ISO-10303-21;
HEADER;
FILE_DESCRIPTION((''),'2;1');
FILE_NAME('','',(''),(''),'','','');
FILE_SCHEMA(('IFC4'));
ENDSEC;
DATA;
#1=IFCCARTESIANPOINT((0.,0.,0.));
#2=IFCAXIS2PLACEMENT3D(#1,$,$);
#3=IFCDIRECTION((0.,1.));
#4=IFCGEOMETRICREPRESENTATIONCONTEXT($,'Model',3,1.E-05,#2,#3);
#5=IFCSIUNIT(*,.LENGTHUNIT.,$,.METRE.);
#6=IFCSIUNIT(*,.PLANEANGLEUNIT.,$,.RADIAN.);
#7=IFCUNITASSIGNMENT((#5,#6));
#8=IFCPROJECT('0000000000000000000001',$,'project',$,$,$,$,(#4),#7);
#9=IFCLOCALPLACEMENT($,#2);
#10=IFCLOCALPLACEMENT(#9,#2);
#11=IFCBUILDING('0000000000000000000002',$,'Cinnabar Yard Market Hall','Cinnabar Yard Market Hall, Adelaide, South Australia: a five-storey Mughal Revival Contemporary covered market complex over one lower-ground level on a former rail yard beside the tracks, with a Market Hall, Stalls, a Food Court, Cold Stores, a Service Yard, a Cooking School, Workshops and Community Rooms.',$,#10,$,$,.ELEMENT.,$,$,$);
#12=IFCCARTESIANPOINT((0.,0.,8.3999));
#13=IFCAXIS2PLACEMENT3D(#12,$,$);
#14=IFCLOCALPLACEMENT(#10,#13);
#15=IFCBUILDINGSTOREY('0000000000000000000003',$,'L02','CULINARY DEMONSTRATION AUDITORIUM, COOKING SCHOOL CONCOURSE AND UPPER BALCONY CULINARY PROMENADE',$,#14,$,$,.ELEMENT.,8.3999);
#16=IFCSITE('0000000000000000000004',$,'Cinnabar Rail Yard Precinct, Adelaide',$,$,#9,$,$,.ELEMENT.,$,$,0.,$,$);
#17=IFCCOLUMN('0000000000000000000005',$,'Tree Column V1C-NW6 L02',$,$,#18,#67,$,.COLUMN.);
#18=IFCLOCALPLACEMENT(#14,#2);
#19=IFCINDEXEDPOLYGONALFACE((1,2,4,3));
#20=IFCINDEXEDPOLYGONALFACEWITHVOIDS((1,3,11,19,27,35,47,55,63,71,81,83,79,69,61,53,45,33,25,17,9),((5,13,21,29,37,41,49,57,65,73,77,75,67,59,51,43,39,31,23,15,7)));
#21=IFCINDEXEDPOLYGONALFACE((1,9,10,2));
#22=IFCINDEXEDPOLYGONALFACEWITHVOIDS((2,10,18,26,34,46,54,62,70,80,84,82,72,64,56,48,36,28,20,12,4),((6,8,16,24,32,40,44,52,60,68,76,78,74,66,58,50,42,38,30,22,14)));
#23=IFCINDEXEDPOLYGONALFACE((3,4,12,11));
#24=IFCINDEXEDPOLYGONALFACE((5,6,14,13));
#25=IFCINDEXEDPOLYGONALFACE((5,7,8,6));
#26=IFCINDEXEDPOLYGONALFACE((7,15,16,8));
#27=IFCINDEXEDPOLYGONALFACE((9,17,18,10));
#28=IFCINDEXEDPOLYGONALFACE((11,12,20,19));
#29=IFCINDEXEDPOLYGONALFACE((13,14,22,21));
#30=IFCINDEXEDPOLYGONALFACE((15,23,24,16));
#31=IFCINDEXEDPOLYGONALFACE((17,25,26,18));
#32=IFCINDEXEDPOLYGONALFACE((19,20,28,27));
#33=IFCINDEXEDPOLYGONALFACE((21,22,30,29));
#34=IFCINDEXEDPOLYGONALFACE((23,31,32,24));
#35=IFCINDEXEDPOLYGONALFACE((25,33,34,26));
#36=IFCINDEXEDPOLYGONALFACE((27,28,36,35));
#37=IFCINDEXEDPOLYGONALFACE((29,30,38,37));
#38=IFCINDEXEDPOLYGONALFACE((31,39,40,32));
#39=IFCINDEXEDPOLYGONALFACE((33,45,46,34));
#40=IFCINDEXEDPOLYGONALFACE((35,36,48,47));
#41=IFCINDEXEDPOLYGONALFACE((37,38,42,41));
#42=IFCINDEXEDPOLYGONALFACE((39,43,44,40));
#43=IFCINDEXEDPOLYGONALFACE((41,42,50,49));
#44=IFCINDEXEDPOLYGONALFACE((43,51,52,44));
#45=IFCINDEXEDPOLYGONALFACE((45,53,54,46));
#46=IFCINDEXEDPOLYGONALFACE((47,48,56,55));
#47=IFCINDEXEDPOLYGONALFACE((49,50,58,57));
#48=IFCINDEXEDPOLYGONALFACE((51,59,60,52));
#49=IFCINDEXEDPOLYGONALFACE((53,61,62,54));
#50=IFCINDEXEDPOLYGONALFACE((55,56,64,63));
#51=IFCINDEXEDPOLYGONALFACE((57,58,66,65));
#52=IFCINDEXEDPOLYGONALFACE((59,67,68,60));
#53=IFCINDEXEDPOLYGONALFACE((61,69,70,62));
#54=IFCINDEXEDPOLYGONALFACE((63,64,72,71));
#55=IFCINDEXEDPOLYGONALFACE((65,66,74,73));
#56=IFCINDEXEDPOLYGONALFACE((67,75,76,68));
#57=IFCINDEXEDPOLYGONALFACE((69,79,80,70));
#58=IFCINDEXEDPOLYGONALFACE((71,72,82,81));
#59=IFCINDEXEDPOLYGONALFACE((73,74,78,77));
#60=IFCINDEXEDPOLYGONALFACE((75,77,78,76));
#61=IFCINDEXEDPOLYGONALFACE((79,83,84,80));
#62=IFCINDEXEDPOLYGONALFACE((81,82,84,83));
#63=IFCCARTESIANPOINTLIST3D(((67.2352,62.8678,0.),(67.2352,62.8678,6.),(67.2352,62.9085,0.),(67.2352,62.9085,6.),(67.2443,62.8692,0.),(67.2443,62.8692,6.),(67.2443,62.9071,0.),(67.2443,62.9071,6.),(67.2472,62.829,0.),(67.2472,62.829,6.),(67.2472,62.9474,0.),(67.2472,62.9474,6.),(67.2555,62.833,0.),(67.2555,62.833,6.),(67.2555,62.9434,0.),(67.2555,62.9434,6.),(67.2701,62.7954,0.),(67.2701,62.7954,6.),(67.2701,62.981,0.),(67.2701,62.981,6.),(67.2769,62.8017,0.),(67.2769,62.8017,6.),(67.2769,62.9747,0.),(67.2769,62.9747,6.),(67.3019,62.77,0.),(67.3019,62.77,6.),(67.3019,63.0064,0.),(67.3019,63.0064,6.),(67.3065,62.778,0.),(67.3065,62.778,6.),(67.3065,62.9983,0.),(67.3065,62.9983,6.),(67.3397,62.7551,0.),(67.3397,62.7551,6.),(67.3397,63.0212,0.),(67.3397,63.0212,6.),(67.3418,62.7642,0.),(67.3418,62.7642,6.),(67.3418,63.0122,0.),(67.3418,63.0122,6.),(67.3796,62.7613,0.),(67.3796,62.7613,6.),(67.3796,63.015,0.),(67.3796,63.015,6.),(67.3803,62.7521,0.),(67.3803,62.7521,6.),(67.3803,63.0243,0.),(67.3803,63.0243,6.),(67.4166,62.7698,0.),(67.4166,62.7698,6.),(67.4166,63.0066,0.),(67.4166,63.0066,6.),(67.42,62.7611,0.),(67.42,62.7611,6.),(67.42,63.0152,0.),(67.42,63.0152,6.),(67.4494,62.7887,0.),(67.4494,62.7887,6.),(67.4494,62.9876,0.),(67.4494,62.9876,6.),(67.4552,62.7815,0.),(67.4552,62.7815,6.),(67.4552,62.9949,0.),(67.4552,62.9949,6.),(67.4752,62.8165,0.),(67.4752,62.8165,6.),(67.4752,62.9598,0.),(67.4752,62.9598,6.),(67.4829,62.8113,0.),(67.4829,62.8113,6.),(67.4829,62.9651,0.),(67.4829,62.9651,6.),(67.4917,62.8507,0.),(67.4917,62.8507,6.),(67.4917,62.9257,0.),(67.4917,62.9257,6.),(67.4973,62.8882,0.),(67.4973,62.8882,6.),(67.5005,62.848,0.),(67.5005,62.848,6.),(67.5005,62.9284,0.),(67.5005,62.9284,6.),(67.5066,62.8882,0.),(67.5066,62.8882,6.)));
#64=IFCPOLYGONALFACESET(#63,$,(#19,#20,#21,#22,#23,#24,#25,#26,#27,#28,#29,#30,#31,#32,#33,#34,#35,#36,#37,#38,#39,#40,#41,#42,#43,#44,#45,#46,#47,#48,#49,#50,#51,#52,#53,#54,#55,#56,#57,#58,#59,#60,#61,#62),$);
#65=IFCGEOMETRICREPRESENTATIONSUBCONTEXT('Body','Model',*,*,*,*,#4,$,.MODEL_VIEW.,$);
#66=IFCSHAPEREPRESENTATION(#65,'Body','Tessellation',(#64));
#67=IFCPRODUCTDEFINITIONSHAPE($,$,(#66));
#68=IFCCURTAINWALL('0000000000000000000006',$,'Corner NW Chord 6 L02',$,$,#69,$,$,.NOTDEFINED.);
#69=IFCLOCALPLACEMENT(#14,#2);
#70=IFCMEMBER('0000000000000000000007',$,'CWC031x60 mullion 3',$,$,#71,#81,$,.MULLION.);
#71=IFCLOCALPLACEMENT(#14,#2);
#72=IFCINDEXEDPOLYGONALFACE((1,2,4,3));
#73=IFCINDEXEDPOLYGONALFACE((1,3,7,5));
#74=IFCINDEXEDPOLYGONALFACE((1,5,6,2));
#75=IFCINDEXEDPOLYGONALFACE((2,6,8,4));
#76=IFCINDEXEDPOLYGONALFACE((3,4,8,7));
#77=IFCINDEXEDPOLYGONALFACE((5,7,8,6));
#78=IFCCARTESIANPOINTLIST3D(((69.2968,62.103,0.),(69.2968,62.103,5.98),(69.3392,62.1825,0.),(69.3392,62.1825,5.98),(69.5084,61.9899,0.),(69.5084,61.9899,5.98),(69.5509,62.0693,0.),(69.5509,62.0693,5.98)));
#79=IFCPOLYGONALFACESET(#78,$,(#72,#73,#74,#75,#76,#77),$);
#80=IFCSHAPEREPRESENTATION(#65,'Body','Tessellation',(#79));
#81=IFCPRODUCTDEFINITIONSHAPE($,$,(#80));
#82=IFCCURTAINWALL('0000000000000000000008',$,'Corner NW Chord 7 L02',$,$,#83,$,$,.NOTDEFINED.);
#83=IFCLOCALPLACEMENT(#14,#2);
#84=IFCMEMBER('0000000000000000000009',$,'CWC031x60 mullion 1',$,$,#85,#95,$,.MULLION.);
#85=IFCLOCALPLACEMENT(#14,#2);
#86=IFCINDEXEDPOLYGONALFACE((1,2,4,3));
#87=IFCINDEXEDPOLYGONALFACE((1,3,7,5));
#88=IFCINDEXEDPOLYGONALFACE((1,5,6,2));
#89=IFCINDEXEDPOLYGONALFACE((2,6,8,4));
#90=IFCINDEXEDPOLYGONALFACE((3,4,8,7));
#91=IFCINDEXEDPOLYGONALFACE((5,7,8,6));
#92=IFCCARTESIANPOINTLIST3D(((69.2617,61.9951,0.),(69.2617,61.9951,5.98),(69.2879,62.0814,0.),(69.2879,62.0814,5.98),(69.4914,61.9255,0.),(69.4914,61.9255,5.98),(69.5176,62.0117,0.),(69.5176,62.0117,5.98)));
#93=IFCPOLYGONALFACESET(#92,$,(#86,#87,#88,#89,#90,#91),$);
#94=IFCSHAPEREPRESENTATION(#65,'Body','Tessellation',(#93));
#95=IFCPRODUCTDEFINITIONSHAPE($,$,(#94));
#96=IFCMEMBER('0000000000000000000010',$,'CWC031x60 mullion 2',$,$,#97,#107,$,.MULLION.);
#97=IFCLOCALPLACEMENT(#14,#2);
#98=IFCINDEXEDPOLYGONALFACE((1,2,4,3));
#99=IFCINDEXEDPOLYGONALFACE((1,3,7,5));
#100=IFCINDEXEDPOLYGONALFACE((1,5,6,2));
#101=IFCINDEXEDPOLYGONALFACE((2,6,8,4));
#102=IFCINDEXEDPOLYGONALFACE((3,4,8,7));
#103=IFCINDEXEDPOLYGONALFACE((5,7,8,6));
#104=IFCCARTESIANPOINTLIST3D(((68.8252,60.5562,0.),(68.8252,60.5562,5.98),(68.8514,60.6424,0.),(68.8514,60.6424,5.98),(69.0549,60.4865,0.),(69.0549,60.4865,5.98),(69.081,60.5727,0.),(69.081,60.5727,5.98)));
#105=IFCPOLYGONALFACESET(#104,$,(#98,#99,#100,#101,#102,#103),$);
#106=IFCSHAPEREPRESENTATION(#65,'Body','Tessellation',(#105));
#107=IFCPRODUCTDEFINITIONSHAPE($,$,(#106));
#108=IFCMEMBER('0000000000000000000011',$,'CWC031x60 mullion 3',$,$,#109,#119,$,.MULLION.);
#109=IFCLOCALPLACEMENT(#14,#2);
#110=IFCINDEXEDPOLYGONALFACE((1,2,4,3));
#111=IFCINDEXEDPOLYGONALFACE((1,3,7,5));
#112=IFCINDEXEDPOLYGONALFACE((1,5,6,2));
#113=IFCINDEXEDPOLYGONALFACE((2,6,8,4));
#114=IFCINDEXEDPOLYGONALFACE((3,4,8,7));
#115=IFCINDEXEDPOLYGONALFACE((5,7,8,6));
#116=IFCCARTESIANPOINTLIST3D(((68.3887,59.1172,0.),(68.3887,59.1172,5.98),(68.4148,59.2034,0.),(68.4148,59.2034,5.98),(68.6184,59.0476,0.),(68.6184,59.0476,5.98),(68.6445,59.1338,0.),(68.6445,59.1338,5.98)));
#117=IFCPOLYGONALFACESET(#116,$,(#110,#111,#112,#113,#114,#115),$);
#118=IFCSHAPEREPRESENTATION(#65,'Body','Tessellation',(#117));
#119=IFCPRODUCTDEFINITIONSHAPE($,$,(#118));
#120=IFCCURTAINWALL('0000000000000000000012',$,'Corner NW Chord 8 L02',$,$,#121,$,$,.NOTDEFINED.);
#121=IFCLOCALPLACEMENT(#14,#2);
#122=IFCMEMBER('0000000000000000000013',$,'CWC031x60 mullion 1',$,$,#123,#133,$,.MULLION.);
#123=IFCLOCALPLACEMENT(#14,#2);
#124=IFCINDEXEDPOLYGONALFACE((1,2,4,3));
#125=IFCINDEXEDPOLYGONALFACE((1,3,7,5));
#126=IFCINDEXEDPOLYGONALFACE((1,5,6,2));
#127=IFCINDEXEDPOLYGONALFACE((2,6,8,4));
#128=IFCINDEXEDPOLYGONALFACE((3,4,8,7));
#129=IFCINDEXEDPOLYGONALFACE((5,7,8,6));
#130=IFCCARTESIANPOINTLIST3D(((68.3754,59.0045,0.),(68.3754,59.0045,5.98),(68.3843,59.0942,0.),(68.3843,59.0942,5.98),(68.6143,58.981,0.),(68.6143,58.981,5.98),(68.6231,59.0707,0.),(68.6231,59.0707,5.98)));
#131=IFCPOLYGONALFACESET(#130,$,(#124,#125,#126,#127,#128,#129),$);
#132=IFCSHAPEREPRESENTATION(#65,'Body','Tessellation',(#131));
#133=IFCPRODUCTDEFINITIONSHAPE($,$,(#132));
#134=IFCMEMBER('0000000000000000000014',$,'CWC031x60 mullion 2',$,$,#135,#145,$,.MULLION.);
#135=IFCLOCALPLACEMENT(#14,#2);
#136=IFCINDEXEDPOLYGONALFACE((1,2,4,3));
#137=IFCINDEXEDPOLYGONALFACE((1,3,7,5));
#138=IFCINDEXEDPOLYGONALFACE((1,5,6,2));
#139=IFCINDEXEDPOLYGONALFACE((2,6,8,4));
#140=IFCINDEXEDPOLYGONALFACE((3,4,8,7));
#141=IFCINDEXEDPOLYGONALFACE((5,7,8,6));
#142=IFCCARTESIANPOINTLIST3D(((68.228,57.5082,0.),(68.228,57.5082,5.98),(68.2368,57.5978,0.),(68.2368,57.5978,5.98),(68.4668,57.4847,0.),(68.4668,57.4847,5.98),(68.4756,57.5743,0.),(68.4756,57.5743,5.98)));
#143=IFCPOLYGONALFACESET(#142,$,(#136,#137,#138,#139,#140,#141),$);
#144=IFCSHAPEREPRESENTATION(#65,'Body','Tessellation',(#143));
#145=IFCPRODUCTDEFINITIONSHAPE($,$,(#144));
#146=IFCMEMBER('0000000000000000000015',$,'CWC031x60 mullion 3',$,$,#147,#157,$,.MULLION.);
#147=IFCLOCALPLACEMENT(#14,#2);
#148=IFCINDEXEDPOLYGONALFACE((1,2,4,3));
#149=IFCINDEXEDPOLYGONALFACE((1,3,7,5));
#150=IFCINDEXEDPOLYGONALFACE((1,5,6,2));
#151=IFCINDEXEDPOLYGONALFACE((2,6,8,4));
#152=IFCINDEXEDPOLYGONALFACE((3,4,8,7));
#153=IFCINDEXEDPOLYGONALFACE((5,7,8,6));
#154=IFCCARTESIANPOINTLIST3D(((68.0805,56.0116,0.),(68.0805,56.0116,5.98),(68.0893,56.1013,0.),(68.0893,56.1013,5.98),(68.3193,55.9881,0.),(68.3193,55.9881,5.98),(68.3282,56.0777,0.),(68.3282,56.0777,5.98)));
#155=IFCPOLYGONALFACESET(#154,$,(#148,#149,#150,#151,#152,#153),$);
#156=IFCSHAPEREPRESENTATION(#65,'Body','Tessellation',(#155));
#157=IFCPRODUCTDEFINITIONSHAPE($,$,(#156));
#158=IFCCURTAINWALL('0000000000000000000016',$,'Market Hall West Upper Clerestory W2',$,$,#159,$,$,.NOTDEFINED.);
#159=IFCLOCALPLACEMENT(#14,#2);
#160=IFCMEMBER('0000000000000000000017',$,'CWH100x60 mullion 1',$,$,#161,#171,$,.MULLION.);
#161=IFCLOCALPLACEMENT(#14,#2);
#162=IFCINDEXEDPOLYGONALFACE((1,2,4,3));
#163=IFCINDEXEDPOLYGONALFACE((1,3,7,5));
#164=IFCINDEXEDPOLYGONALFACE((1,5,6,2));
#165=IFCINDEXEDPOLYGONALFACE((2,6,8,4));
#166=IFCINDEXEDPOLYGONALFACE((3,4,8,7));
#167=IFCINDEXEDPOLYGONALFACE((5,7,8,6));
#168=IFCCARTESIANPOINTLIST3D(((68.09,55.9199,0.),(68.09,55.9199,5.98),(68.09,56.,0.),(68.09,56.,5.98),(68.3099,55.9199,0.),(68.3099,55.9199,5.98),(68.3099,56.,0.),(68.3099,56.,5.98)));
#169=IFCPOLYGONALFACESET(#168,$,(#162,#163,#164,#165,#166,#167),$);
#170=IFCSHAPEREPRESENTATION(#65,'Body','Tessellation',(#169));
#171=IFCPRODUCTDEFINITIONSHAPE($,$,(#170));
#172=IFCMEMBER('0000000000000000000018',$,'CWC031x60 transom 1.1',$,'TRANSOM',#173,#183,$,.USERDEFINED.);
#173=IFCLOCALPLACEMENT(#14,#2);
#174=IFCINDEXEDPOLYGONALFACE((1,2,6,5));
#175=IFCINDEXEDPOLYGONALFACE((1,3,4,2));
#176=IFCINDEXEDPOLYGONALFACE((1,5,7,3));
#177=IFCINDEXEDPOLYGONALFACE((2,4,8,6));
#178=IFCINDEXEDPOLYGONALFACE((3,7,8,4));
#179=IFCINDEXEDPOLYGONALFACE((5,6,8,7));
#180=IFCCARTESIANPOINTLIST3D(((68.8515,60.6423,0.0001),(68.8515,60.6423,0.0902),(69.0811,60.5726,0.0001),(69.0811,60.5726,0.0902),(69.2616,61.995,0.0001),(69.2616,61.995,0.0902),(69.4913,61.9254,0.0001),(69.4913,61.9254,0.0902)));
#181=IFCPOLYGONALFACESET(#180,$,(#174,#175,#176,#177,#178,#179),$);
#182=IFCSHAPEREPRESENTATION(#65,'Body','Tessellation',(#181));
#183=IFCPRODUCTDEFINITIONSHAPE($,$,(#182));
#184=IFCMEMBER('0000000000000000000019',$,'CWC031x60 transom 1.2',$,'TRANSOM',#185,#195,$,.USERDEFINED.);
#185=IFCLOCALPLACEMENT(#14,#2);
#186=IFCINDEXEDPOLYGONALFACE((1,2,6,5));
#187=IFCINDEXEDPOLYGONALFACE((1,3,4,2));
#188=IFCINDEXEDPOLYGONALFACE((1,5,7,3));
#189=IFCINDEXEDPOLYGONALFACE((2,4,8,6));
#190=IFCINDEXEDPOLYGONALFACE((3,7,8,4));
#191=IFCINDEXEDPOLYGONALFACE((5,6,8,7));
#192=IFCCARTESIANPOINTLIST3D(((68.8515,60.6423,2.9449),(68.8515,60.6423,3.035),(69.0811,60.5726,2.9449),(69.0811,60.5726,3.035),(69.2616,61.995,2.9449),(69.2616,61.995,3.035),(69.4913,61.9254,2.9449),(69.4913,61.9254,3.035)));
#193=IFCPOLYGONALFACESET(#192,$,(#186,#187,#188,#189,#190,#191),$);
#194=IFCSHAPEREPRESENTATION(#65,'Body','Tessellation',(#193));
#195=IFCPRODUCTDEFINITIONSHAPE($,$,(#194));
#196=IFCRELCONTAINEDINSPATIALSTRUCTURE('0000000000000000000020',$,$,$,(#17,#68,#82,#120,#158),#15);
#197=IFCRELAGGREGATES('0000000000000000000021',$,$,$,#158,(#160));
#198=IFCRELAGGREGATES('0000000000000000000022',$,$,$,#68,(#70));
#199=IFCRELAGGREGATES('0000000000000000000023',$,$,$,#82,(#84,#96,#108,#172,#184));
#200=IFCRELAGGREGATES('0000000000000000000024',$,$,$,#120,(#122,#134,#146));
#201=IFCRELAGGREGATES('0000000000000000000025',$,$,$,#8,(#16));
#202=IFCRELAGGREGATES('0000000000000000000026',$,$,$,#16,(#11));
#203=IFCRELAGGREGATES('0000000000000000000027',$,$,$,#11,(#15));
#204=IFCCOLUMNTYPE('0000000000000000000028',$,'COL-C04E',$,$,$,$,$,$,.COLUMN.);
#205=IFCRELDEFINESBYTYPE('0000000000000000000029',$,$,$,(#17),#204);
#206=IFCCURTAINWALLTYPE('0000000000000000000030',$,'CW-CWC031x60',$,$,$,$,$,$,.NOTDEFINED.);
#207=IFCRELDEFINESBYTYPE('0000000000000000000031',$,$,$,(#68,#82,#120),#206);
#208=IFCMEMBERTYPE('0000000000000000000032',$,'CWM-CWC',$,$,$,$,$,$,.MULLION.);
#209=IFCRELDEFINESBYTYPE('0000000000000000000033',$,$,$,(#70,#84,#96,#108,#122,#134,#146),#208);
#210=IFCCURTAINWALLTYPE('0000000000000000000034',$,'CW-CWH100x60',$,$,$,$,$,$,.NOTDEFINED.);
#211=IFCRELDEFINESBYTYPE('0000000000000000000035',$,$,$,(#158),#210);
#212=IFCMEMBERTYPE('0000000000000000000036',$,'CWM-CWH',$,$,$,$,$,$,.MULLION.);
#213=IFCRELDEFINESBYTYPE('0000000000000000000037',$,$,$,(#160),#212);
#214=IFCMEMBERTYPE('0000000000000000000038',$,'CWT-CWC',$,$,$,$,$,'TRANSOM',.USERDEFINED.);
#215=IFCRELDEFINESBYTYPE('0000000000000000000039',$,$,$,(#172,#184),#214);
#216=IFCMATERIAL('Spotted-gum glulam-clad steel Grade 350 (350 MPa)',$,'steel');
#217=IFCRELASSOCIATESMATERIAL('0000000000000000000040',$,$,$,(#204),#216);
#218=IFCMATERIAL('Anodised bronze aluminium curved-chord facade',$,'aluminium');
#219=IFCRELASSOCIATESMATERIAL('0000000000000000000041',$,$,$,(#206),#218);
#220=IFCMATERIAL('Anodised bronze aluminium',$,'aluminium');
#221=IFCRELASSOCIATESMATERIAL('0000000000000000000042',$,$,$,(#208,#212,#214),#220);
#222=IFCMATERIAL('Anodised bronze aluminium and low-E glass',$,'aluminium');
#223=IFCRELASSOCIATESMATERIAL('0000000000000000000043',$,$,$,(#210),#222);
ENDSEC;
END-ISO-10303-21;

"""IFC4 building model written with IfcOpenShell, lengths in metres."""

from ifc_helpers import new_model, si_unit, direction, frame, origin, origin_2d_with_axis, place, context, subcontext, project, spatial, rectangle, hollow_circle, extrude, material, material_profile, profile_set, type_object, element, aggregate, save


model = new_model("IFC4")

# Units and contexts
model_context = context("Model", 3, precision=1e-05, world=origin(), true_north=direction((0.0, 1.0)))
body_context = subcontext(model_context, "Body", "Model", "MODEL_VIEW")
ifc_project = project(units=[si_unit("LENGTHUNIT", "METRE"), si_unit("PLANEANGLEUNIT", "RADIAN")], contexts=[model_context])

# Site, building, storey
site_placement = place(None, origin())
site = spatial("IfcSite", under=ifc_project, at=site_placement, Name="Cinnabar Rail Yard Precinct, Adelaide", CompositionType="ELEMENT", RefElevation=0.0)
building_placement = place(site_placement, origin())
building = spatial("IfcBuilding", under=site, at=building_placement, Name="Cinnabar Yard Market Hall", Description="Cinnabar Yard Market Hall, Adelaide, South Australia: a five-storey Mughal Revival Contemporary covered market complex over one lower-ground level on a former rail yard beside the tracks, with a Market Hall, Stalls, a Food Court, Cold Stores, a Service Yard, a Cooking School, Workshops and Community Rooms.", CompositionType="ELEMENT")
storey_placement = place(building_placement, frame((0.0, 0.0, 8.3999)))
storey = spatial("IfcBuildingStorey", under=building, at=storey_placement, Name="L02", Description="CULINARY DEMONSTRATION AUDITORIUM, COOKING SCHOOL CONCOURSE AND UPPER BALCONY CULINARY PROMENADE", CompositionType="ELEMENT", Elevation=8.3999)

# Column
ifc_material_1 = material(Name="Spotted-gum glulam-clad steel Grade 350 (350 MPa)", Category="steel")
ifc_material_profile_1 = material_profile(ifc_material_1, hollow_circle(Radius=0.1365, WallThickness=0.0093, at=origin_2d_with_axis()), Name="273.1x9.3CHS")
ifc_profile_set_1 = profile_set([ifc_material_profile_1], Name="Spotted-gum glulam-clad steel Grade 350 (350 MPa)")
column_type = type_object("IfcColumnType", Name="COL-C04E", PredefinedType="COLUMN", material=ifc_profile_set_1)
column_placement = place(storey_placement, frame((67.3701, 62.8882, 0.0), z_axis=(0.0, 0.0, 1.0), x_axis=(1.0, 0.0, 0.0)))
element("IfcColumn", 1, at=column_placement, inside=storey, type_object=column_type, Name="Tree Column V1C-NW6 L02", PredefinedType="COLUMN", context=body_context, shape_type="SweptSolid", body=[
    extrude(hollow_circle(Radius=0.1365, WallThickness=0.0093, at=origin_2d_with_axis()), origin(), (0.0, 0.0, 1.0), 6.0),
])

# Curtain wall, member
ifc_material_2 = material(Name="Anodised bronze aluminium curved-chord facade", Category="aluminium")
curtain_wall_type_1 = type_object("IfcCurtainWallType", Name="CW-CWC031x60", PredefinedType="NOTDEFINED", material=ifc_material_2)
curtain_wall_1_placement = place(storey_placement, origin())
curtain_wall_1 = element("IfcCurtainWall", 2, at=curtain_wall_1_placement, inside=storey, type_object=curtain_wall_type_1, Name="Corner NW Chord 6 L02", PredefinedType="NOTDEFINED")
ifc_material_3 = material(Name="Anodised bronze aluminium", Category="aluminium")
ifc_material_profile_2 = material_profile(ifc_material_3, rectangle(XDim=0.24, YDim=0.0901, at=origin_2d_with_axis()), Name="MUL-CWC")
ifc_profile_set_2 = profile_set([ifc_material_profile_2], Name="Anodised bronze aluminium")
member_type_1 = type_object("IfcMemberType", Name="CWM-CWC", PredefinedType="MULLION", material=ifc_profile_set_2)
member_1_placement = place(storey_placement, frame((69.4238, 62.0862, 0.0), z_axis=(0.0, 0.0, 1.0), x_axis=(0.881917, -0.471404, 0.0)))
member_1 = element("IfcMember", 3, at=member_1_placement, type_object=member_type_1, Name="CWC031x60 mullion 3", PredefinedType="MULLION", context=body_context, shape_type="SweptSolid", body=[
    extrude(rectangle(XDim=0.24, YDim=0.0901, at=origin_2d_with_axis()), origin(), (0.0, 0.0, 1.0), 5.98),
])

# Curtain walls, members
curtain_wall_2_placement = place(storey_placement, origin())
curtain_wall_2 = element("IfcCurtainWall", 4, at=curtain_wall_2_placement, inside=storey, type_object=curtain_wall_type_1, Name="Corner NW Chord 7 L02", PredefinedType="NOTDEFINED")
member_2_placement = place(storey_placement, frame((69.3896, 62.0034, 0.0), z_axis=(0.0, 0.0, 1.0), x_axis=(0.956942, -0.290279, 0.0)))
member_2 = element("IfcMember", 5, at=member_2_placement, type_object=member_type_1, Name="CWC031x60 mullion 1", PredefinedType="MULLION", context=body_context, shape_type="SweptSolid", body=[
    extrude(rectangle(XDim=0.24, YDim=0.0901, at=origin_2d_with_axis()), origin(), (0.0, 0.0, 1.0), 5.98),
])
member_3_placement = place(storey_placement, frame((68.9531, 60.5645, 0.0), z_axis=(0.0, 0.0, 1.0), x_axis=(0.956942, -0.290279, 0.0)))
member_3 = element("IfcMember", 6, at=member_3_placement, type_object=member_type_1, Name="CWC031x60 mullion 2", PredefinedType="MULLION", context=body_context, shape_type="SweptSolid", body=[
    extrude(rectangle(XDim=0.24, YDim=0.0901, at=origin_2d_with_axis()), origin(), (0.0, 0.0, 1.0), 5.98),
])
member_4_placement = place(storey_placement, frame((68.5166, 59.1255, 0.0), z_axis=(0.0, 0.0, 1.0), x_axis=(0.956942, -0.290279, 0.0)))
member_4 = element("IfcMember", 7, at=member_4_placement, type_object=member_type_1, Name="CWC031x60 mullion 3", PredefinedType="MULLION", context=body_context, shape_type="SweptSolid", body=[
    extrude(rectangle(XDim=0.24, YDim=0.0901, at=origin_2d_with_axis()), origin(), (0.0, 0.0, 1.0), 5.98),
])
curtain_wall_3_placement = place(storey_placement, origin())
curtain_wall_3 = element("IfcCurtainWall", 8, at=curtain_wall_3_placement, inside=storey, type_object=curtain_wall_type_1, Name="Corner NW Chord 8 L02", PredefinedType="NOTDEFINED")
member_5_placement = place(storey_placement, frame((68.4993, 59.0376, 0.0), z_axis=(0.0, 0.0, 1.0), x_axis=(0.995184, -0.09802, 0.0)))
member_5 = element("IfcMember", 9, at=member_5_placement, type_object=member_type_1, Name="CWC031x60 mullion 1", PredefinedType="MULLION", context=body_context, shape_type="SweptSolid", body=[
    extrude(rectangle(XDim=0.24, YDim=0.0901, at=origin_2d_with_axis()), origin(), (0.0, 0.0, 1.0), 5.98),
])
member_6_placement = place(storey_placement, frame((68.3518, 57.5413, 0.0), z_axis=(0.0, 0.0, 1.0), x_axis=(0.995184, -0.09802, 0.0)))
member_6 = element("IfcMember", 10, at=member_6_placement, type_object=member_type_1, Name="CWC031x60 mullion 2", PredefinedType="MULLION", context=body_context, shape_type="SweptSolid", body=[
    extrude(rectangle(XDim=0.24, YDim=0.0901, at=origin_2d_with_axis()), origin(), (0.0, 0.0, 1.0), 5.98),
])
member_7_placement = place(storey_placement, frame((68.2043, 56.0447, 0.0), z_axis=(0.0, 0.0, 1.0), x_axis=(0.995184, -0.09802, 0.0)))
member_7 = element("IfcMember", 11, at=member_7_placement, type_object=member_type_1, Name="CWC031x60 mullion 3", PredefinedType="MULLION", context=body_context, shape_type="SweptSolid", body=[
    extrude(rectangle(XDim=0.24, YDim=0.0901, at=origin_2d_with_axis()), origin(), (0.0, 0.0, 1.0), 5.98),
])

# Curtain wall, member
ifc_material_4 = material(Name="Anodised bronze aluminium and low-E glass", Category="aluminium")
curtain_wall_type_2 = type_object("IfcCurtainWallType", Name="CW-CWH100x60", PredefinedType="NOTDEFINED", material=ifc_material_4)
curtain_wall_4_placement = place(storey_placement, origin())
curtain_wall_4 = element("IfcCurtainWall", 12, at=curtain_wall_4_placement, inside=storey, type_object=curtain_wall_type_2, Name="Market Hall West Upper Clerestory W2", PredefinedType="NOTDEFINED")
ifc_material_profile_3 = material_profile(ifc_material_3, rectangle(XDim=0.22, YDim=0.0801, at=origin_2d_with_axis()), Name="MUL-CWH")
ifc_profile_set_3 = profile_set([ifc_material_profile_3], Name="Anodised bronze aluminium")
member_type_2 = type_object("IfcMemberType", Name="CWM-CWH", PredefinedType="MULLION", material=ifc_profile_set_3)
member_8_placement = place(storey_placement, frame((68.2, 55.96, 0.0), z_axis=(0.0, 0.0, 1.0), x_axis=(1.0, 0.0, 0.0)))
member_8 = element("IfcMember", 13, at=member_8_placement, type_object=member_type_2, Name="CWH100x60 mullion 1", PredefinedType="MULLION", context=body_context, shape_type="SweptSolid", body=[
    extrude(rectangle(XDim=0.22, YDim=0.0801, at=origin_2d_with_axis()), origin(), (0.0, 0.0, 1.0), 5.98),
])

# Members
ifc_material_profile_4 = material_profile(ifc_material_3, rectangle(XDim=0.24, YDim=0.0901, at=origin_2d_with_axis()), Name="TRN-CWC")
ifc_profile_set_4 = profile_set([ifc_material_profile_4], Name="Anodised bronze aluminium")
member_type_3 = type_object("IfcMemberType", Name="CWT-CWC", ElementType="TRANSOM", PredefinedType="USERDEFINED", material=ifc_profile_set_4)
member_9_placement = place(storey_placement, frame((69.3765, 61.9602, 0.0452), z_axis=(-0.290151, -0.956981, 0.0), x_axis=(0.956981, -0.290151, 0.0)))
member_9 = element("IfcMember", 14, at=member_9_placement, type_object=member_type_3, Name="CWC031x60 transom 1.1", ObjectType="TRANSOM", PredefinedType="USERDEFINED", context=body_context, shape_type="SweptSolid", body=[
    extrude(rectangle(XDim=0.24, YDim=0.0901, at=origin_2d_with_axis()), origin(), (0.0, 0.0, 1.0), 1.4136),
])
member_10_placement = place(storey_placement, frame((69.3765, 61.9602, 2.99), z_axis=(-0.290151, -0.956981, 0.0), x_axis=(0.956981, -0.290151, 0.0)))
member_10 = element("IfcMember", 15, at=member_10_placement, type_object=member_type_3, Name="CWC031x60 transom 1.2", ObjectType="TRANSOM", PredefinedType="USERDEFINED", context=body_context, shape_type="SweptSolid", body=[
    extrude(rectangle(XDim=0.24, YDim=0.0901, at=origin_2d_with_axis()), origin(), (0.0, 0.0, 1.0), 1.4136),
])
aggregate(curtain_wall_4, [member_8])

aggregate(curtain_wall_1, [member_1])
aggregate(curtain_wall_2, [member_2, member_3, member_4, member_9, member_10])
aggregate(curtain_wall_3, [member_5, member_6, member_7])

save(model, "model.ifc")
